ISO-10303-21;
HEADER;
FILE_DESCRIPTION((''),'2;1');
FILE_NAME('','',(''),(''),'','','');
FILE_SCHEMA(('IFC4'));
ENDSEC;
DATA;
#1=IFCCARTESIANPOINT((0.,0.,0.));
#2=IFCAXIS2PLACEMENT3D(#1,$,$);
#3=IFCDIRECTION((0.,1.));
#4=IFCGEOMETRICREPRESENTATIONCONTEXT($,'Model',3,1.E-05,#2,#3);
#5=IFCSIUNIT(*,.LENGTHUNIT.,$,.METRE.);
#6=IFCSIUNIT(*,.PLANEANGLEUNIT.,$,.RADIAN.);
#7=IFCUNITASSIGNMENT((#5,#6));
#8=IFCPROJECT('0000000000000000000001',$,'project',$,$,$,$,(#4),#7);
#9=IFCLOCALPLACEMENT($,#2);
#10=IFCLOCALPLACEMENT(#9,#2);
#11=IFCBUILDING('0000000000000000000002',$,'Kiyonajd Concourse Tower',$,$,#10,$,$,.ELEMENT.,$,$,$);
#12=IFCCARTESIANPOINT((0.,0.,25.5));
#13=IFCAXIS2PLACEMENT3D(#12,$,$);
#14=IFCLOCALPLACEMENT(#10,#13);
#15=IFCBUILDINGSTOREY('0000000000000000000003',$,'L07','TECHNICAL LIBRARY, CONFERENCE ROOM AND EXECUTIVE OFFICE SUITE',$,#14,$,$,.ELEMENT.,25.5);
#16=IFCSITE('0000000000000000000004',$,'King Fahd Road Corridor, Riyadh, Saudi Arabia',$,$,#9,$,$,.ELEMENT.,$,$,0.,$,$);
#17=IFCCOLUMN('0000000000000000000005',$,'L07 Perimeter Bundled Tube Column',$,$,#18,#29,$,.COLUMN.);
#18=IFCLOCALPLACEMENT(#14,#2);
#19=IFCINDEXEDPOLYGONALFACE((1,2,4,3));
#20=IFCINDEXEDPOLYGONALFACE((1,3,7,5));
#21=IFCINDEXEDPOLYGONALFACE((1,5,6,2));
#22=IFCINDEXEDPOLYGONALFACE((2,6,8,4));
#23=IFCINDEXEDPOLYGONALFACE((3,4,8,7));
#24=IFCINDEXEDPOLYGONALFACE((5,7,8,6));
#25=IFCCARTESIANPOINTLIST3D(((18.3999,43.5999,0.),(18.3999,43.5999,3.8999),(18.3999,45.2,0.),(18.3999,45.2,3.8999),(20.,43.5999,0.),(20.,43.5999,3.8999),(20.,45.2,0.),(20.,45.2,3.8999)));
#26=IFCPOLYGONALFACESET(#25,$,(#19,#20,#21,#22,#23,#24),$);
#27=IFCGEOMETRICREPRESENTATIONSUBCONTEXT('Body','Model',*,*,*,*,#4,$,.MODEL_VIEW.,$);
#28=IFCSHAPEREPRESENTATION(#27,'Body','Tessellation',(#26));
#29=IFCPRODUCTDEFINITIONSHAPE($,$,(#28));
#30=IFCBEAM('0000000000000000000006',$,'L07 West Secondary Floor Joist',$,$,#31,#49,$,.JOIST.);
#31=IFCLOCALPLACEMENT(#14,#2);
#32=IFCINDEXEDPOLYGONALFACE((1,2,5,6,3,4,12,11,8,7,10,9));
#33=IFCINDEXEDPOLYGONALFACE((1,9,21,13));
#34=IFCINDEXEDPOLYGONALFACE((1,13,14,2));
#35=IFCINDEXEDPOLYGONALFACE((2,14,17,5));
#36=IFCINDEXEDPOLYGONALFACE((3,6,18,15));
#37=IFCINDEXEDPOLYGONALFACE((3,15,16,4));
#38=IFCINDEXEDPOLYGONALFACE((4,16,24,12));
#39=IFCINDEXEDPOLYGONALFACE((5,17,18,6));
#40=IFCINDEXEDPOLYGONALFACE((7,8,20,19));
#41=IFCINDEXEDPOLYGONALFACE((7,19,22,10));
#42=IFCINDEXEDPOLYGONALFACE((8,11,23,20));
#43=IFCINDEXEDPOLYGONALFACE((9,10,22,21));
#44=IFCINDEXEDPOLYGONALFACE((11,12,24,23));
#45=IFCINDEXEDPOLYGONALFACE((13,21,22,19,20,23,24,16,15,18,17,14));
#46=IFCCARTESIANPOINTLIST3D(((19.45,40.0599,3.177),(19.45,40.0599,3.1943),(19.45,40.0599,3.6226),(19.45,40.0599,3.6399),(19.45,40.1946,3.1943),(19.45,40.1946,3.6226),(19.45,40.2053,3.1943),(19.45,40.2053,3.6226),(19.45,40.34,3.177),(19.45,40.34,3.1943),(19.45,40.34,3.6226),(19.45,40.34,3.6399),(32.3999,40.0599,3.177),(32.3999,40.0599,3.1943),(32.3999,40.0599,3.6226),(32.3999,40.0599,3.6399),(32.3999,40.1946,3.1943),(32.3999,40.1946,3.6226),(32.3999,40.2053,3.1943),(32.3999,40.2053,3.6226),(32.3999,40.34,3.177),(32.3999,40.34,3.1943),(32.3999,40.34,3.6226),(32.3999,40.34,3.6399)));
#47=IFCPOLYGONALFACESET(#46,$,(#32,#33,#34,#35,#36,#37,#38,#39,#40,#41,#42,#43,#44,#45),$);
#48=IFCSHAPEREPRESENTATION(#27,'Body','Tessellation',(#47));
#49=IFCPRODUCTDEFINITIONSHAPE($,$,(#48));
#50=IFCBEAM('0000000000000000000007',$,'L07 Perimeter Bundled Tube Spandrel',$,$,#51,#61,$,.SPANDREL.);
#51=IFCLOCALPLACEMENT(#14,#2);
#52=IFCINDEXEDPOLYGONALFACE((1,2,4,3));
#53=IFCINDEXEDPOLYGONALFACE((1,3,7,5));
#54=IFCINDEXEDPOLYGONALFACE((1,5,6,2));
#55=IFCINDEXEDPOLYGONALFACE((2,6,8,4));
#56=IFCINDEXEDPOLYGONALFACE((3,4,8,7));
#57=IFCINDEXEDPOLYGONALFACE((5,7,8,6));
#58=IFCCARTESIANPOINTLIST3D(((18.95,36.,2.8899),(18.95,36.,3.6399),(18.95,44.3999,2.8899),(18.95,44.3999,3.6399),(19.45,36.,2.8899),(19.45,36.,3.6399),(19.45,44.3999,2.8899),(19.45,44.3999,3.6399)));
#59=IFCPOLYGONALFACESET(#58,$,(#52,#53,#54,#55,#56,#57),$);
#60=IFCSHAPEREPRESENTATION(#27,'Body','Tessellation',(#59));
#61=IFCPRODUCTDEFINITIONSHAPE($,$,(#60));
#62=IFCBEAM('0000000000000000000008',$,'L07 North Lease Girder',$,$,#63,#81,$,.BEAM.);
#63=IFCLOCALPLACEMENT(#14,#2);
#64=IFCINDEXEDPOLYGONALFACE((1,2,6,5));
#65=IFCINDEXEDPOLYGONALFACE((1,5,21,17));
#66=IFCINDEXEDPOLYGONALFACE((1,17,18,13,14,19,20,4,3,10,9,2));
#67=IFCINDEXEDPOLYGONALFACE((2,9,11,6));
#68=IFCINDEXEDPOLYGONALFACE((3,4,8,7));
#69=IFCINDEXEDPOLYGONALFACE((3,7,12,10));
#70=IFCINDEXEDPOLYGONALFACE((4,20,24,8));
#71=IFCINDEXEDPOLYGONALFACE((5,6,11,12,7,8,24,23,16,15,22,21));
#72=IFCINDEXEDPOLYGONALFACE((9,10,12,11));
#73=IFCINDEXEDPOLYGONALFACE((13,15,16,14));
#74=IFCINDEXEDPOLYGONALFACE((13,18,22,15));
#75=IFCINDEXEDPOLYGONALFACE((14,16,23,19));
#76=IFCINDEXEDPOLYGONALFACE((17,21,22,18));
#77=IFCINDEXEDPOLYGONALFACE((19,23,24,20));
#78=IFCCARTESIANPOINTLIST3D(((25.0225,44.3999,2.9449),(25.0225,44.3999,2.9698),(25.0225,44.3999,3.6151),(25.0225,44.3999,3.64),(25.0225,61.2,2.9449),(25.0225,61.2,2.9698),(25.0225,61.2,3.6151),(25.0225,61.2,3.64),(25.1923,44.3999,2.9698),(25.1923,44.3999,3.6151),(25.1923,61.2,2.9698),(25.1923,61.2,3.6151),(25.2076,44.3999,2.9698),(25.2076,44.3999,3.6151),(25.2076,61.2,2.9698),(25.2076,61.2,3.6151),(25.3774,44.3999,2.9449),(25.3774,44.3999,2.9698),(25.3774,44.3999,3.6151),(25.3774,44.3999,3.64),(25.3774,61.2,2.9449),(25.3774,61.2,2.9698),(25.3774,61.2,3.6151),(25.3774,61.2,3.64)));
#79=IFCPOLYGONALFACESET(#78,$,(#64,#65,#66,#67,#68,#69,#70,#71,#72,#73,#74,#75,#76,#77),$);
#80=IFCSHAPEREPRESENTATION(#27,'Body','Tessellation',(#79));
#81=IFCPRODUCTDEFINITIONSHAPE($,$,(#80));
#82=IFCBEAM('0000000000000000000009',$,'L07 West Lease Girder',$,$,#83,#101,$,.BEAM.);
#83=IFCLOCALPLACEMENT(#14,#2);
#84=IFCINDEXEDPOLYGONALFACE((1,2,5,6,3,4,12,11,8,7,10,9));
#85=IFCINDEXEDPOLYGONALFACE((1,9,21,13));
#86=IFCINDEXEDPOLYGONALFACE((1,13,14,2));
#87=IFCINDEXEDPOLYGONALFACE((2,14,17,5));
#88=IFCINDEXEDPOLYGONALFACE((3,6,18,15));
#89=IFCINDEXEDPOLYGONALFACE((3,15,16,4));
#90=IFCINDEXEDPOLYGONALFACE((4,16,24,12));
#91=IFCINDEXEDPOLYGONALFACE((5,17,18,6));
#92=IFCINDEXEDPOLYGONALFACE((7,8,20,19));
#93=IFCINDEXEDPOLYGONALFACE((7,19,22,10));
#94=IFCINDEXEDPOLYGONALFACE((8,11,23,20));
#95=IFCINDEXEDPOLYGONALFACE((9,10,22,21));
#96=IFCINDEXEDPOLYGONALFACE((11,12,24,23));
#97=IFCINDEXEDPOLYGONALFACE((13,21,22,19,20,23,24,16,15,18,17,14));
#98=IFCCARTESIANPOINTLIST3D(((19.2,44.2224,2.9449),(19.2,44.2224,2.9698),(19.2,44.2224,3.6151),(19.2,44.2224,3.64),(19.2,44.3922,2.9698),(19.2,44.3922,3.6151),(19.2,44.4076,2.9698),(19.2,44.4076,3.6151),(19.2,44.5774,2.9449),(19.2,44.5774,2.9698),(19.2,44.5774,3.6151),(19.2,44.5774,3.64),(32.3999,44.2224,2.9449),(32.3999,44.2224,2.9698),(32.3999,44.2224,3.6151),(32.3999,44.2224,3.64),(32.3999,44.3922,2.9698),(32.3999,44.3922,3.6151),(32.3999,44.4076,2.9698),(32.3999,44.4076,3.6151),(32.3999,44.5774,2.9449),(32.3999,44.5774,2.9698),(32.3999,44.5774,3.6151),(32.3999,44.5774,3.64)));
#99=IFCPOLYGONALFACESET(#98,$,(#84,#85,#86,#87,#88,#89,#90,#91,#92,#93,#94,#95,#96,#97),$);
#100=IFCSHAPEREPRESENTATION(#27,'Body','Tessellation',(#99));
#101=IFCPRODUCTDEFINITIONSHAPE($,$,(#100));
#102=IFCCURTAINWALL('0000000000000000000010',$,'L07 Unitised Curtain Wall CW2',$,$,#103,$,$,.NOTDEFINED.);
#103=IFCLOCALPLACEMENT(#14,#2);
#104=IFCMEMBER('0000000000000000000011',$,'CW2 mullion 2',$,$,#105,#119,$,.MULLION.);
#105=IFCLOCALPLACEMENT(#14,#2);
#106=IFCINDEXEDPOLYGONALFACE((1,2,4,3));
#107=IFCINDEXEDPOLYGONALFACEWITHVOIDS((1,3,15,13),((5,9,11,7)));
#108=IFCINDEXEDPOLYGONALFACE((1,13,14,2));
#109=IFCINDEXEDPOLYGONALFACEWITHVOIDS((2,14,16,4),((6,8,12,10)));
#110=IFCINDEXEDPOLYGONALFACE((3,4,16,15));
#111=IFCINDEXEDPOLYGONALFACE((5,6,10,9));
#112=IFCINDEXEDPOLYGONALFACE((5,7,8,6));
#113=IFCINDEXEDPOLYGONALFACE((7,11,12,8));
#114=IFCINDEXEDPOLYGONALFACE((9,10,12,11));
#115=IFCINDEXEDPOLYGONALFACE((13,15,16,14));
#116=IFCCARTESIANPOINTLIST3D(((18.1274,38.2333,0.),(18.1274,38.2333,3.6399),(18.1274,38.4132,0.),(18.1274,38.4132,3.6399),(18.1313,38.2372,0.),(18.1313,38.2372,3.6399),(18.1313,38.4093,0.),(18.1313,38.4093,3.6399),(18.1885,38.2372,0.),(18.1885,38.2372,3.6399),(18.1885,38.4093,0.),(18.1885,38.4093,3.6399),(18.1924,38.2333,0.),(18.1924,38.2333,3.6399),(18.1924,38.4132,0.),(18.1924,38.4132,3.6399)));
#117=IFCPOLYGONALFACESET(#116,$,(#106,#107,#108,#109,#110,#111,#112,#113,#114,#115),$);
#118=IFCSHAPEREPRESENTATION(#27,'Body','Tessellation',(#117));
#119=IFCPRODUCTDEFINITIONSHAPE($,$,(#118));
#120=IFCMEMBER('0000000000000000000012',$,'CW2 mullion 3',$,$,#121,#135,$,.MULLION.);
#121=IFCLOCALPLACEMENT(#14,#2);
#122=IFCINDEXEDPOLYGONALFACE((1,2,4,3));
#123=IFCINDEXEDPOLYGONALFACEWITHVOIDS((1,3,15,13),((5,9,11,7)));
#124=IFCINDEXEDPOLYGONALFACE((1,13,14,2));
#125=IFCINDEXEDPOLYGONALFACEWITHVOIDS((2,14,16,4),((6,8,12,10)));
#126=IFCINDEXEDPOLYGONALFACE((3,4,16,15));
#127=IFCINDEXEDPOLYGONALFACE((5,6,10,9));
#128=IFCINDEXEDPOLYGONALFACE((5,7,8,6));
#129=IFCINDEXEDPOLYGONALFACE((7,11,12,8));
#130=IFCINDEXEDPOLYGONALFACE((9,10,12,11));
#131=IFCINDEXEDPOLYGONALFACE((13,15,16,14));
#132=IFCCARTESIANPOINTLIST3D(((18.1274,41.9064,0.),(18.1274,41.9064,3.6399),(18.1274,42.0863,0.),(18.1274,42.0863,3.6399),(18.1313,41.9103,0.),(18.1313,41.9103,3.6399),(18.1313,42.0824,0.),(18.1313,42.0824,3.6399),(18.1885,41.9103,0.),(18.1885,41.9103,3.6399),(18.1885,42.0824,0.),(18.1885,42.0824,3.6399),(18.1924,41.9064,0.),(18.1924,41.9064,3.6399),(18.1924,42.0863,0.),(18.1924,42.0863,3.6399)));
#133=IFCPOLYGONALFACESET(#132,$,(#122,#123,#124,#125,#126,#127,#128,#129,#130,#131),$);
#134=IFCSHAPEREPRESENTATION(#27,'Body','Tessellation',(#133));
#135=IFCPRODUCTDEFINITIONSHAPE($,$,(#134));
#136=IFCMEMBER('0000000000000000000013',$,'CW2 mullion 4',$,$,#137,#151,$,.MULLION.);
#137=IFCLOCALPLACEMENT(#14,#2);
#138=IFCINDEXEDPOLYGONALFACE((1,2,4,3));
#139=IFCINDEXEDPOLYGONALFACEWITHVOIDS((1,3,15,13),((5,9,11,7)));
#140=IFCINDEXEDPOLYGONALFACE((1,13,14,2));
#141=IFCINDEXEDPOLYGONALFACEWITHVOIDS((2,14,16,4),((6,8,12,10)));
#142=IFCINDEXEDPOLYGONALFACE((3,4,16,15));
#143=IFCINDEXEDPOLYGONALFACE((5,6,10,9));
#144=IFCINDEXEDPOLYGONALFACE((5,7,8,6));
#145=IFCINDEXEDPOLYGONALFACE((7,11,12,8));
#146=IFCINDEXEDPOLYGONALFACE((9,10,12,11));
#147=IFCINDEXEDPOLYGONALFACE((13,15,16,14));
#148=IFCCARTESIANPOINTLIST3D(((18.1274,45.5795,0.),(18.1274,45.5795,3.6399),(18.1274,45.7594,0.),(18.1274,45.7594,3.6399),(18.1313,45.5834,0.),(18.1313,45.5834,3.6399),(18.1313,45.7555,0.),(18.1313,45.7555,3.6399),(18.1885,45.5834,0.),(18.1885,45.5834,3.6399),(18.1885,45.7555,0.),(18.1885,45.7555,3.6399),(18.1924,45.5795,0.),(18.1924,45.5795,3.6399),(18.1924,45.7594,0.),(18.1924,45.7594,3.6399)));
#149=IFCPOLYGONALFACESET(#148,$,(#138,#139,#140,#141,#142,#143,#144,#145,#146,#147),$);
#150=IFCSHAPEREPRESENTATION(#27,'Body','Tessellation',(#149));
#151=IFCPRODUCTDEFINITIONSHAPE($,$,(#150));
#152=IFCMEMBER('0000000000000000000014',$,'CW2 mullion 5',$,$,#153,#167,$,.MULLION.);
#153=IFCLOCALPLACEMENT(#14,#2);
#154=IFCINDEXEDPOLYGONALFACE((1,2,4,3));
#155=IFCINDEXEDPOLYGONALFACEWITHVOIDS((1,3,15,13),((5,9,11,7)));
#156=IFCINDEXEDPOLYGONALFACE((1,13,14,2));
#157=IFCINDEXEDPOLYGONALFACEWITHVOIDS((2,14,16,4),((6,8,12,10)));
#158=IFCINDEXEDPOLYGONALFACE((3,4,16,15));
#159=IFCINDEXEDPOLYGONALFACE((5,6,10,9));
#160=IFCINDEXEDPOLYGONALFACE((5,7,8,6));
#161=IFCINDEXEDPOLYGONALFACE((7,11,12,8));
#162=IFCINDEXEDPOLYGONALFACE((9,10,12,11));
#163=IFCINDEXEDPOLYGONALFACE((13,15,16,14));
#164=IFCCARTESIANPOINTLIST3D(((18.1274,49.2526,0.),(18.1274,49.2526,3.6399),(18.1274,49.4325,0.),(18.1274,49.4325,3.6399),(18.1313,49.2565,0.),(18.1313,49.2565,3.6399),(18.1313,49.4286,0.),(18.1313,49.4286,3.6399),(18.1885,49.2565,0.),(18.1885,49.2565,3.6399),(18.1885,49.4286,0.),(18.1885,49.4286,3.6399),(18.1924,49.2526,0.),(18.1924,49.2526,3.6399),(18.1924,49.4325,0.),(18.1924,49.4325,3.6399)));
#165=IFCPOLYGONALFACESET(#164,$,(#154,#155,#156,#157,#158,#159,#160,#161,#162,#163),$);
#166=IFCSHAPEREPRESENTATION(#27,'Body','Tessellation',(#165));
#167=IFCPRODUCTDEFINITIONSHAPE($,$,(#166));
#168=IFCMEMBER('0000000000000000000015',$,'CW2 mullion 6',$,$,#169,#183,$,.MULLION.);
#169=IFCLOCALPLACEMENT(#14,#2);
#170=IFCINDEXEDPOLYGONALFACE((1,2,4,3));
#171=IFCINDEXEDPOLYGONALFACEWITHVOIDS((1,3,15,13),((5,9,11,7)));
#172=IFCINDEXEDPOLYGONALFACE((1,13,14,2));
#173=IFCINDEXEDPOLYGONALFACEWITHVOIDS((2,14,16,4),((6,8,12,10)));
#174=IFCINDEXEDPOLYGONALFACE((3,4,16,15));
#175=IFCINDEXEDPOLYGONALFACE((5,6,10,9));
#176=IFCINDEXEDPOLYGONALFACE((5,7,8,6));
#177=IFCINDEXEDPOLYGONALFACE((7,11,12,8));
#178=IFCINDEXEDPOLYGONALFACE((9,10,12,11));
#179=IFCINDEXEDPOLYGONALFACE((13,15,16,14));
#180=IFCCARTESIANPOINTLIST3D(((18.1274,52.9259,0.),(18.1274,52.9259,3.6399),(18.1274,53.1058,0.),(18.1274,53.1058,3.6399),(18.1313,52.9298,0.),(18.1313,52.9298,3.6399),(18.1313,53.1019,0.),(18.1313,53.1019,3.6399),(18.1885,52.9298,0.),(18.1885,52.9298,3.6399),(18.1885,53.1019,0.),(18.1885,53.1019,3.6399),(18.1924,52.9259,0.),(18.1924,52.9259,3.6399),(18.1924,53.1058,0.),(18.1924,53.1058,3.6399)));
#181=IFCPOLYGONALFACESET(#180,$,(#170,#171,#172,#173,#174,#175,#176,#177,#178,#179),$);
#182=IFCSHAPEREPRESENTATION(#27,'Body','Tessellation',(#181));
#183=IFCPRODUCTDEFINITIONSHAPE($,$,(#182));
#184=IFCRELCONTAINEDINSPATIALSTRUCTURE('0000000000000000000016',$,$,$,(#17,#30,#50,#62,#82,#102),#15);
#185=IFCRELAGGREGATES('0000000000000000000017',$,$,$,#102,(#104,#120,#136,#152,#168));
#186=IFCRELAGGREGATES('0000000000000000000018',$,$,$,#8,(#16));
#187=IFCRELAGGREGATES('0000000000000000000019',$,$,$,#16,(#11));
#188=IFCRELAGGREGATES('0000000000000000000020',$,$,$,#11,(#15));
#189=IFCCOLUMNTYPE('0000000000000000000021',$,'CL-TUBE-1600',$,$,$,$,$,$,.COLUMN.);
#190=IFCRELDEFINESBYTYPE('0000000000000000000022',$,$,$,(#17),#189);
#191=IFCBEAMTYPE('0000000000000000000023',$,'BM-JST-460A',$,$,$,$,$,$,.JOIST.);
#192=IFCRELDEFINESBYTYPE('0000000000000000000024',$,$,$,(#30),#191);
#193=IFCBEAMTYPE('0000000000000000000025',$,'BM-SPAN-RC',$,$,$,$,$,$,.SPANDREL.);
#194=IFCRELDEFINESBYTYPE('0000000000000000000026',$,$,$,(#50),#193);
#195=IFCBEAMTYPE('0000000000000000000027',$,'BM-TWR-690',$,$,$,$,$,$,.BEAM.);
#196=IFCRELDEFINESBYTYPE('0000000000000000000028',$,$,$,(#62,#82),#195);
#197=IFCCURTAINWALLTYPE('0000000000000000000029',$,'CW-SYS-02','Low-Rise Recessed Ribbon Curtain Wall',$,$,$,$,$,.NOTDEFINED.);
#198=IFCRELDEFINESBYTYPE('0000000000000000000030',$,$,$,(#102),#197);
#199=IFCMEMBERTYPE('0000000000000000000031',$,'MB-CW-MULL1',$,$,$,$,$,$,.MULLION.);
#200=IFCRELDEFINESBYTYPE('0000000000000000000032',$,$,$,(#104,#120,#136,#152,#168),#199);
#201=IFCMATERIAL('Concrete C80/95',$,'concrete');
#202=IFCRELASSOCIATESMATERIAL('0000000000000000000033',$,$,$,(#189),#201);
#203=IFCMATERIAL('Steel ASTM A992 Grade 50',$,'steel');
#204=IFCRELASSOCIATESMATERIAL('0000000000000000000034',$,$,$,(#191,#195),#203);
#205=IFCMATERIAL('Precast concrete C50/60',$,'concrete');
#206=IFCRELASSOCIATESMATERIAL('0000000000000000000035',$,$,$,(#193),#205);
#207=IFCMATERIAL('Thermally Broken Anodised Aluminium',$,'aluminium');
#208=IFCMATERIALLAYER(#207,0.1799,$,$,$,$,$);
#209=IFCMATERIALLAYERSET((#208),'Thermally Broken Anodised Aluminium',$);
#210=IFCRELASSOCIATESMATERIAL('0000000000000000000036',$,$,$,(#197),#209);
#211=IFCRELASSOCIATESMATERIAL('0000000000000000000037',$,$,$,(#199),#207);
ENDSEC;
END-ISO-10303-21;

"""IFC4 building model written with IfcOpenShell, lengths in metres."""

from ifc_helpers import new_model, si_unit, direction, frame, origin, origin_2d, place, context, subcontext, project, spatial, rectangle, hollow_rectangle, i_section, extrude, material, layer, layer_set, material_profile, profile_set, type_object, element, aggregate, save


model = new_model("IFC4")

# Units and contexts
model_context = context("Model", 3, precision=1e-05, world=origin(), true_north=direction((0.0, 1.0)))
body_context = subcontext(model_context, "Body", "Model", "MODEL_VIEW")
ifc_project = project(units=[si_unit("LENGTHUNIT", "METRE"), si_unit("PLANEANGLEUNIT", "RADIAN")], contexts=[model_context])

# Site, building, storey
site_placement = place(None, origin())
site = spatial("IfcSite", under=ifc_project, at=site_placement, Name="King Fahd Road Corridor, Riyadh, Saudi Arabia", CompositionType="ELEMENT", RefElevation=0.0)
building_placement = place(site_placement, origin())
building = spatial("IfcBuilding", under=site, at=building_placement, Name="Kiyonajd Concourse Tower", CompositionType="ELEMENT")
storey_placement = place(building_placement, frame((0.0, 0.0, 25.5)))
storey = spatial("IfcBuildingStorey", under=building, at=storey_placement, Name="L07", Description="TECHNICAL LIBRARY, CONFERENCE ROOM AND EXECUTIVE OFFICE SUITE", CompositionType="ELEMENT", Elevation=25.5)

# Column
ifc_material_1 = material(Name="Concrete C80/95", Category="concrete")
ifc_material_profile_1 = material_profile(ifc_material_1, rectangle(XDim=1.6001, YDim=1.6001, at=origin_2d()), Name="RC-1600x1600")
ifc_profile_set_1 = profile_set([ifc_material_profile_1], Name="Concrete C80/95")
column_type = type_object("IfcColumnType", Name="CL-TUBE-1600", PredefinedType="COLUMN", material=ifc_profile_set_1)
column_placement = place(storey_placement, frame((19.2, 44.3999, 0.0), z_axis=(0.0, 0.0, 1.0), x_axis=(1.0, 0.0, 0.0)))
element("IfcColumn", 1, at=column_placement, inside=storey, type_object=column_type, Name="L07 Perimeter Bundled Tube Column", PredefinedType="COLUMN", context=body_context, shape_type="SweptSolid", body=[
    extrude(rectangle(XDim=1.6001, YDim=1.6001, at=origin_2d()), origin(), (0.0, 0.0, 1.0), 3.8999),
])

# Beams
ifc_material_2 = material(Name="Steel ASTM A992 Grade 50", Category="steel")
ifc_material_profile_2 = material_profile(ifc_material_2, i_section(OverallWidth=0.28, OverallDepth=0.4629, WebThickness=0.0107, FlangeThickness=0.0173, at=origin_2d()), Name="W460X113")
ifc_profile_set_2 = profile_set([ifc_material_profile_2], Name="Steel ASTM A992 Grade 50")
beam_type_1 = type_object("IfcBeamType", Name="BM-JST-460A", PredefinedType="JOIST", material=ifc_profile_set_2)
beam_1_placement = place(storey_placement, frame((19.45, 40.2, 3.4084), z_axis=(1.0, 0.0, 0.0), x_axis=(0.0, 1.0, 0.0)))
element("IfcBeam", 2, at=beam_1_placement, inside=storey, type_object=beam_type_1, Name="L07 West Secondary Floor Joist", PredefinedType="JOIST", context=body_context, shape_type="SweptSolid", body=[
    extrude(i_section(OverallWidth=0.28, OverallDepth=0.4629, WebThickness=0.0107, FlangeThickness=0.0173, at=origin_2d()), origin(), (0.0, 0.0, 1.0), 12.95),
])
ifc_material_3 = material(Name="Precast concrete C50/60", Category="concrete")
ifc_material_profile_3 = material_profile(ifc_material_3, rectangle(XDim=0.5, YDim=0.75, at=origin_2d()), Name="RCBM-500x750")
ifc_profile_set_3 = profile_set([ifc_material_profile_3], Name="Precast concrete C50/60")
beam_type_2 = type_object("IfcBeamType", Name="BM-SPAN-RC", PredefinedType="SPANDREL", material=ifc_profile_set_3)
beam_2_placement = place(storey_placement, frame((19.2, 44.3999, 3.2649), z_axis=(0.0, -1.0, 0.0), x_axis=(1.0, 0.0, 0.0)))
element("IfcBeam", 3, at=beam_2_placement, inside=storey, type_object=beam_type_2, Name="L07 Perimeter Bundled Tube Spandrel", PredefinedType="SPANDREL", context=body_context, shape_type="SweptSolid", body=[
    extrude(rectangle(XDim=0.5, YDim=0.75, at=origin_2d()), origin(), (0.0, 0.0, 1.0), 8.3999),
])
ifc_material_profile_4 = material_profile(ifc_material_2, i_section(OverallWidth=0.355, OverallDepth=0.6951, WebThickness=0.0154, FlangeThickness=0.0249, at=origin_2d()), Name="W690X217")
ifc_profile_set_4 = profile_set([ifc_material_profile_4], Name="Steel ASTM A992 Grade 50")
beam_type_3 = type_object("IfcBeamType", Name="BM-TWR-690", PredefinedType="BEAM", material=ifc_profile_set_4)
beam_3_placement = place(storey_placement, frame((25.2, 44.3999, 3.2925), z_axis=(0.0, 1.0, 0.0), x_axis=(-1.0, 0.0, 0.0)))
element("IfcBeam", 4, at=beam_3_placement, inside=storey, type_object=beam_type_3, Name="L07 North Lease Girder", PredefinedType="BEAM", context=body_context, shape_type="SweptSolid", body=[
    extrude(i_section(OverallWidth=0.355, OverallDepth=0.6951, WebThickness=0.0154, FlangeThickness=0.0249, at=origin_2d()), origin(), (0.0, 0.0, 1.0), 16.8),
])
beam_4_placement = place(storey_placement, frame((19.2, 44.3999, 3.2925), z_axis=(1.0, 0.0, 0.0), x_axis=(0.0, 1.0, 0.0)))
element("IfcBeam", 5, at=beam_4_placement, inside=storey, type_object=beam_type_3, Name="L07 West Lease Girder", PredefinedType="BEAM", context=body_context, shape_type="SweptSolid", body=[
    extrude(i_section(OverallWidth=0.355, OverallDepth=0.6951, WebThickness=0.0154, FlangeThickness=0.0249, at=origin_2d()), origin(), (0.0, 0.0, 1.0), 13.2),
])

# Curtain wall, members
ifc_material_4 = material(Name="Thermally Broken Anodised Aluminium", Category="aluminium")
ifc_layer_1 = layer(ifc_material_4, 0.1799)
ifc_layer_set_1 = layer_set([ifc_layer_1], Name="Thermally Broken Anodised Aluminium")
curtain_wall_type = type_object("IfcCurtainWallType", Name="CW-SYS-02", Description="Low-Rise Recessed Ribbon Curtain Wall", PredefinedType="NOTDEFINED", material=ifc_layer_set_1)
curtain_wall_placement = place(storey_placement, origin())
curtain_wall = element("IfcCurtainWall", 6, at=curtain_wall_placement, inside=storey, type_object=curtain_wall_type, Name="L07 Unitised Curtain Wall CW2", PredefinedType="NOTDEFINED")
ifc_material_profile_5 = material_profile(ifc_material_4, hollow_rectangle(XDim=0.0649, YDim=0.1799, WallThickness=0.0039, at=origin_2d()), Name="MULL-65x180")
ifc_profile_set_5 = profile_set([ifc_material_profile_5], Name="Thermally Broken Anodised Aluminium")
member_type_1 = type_object("IfcMemberType", Name="MB-CW-MULL1", PredefinedType="MULLION", material=ifc_profile_set_5)
member_1_placement = place(storey_placement, frame((18.1599, 38.3232, 0.0), z_axis=(0.0, 0.0, 1.0), x_axis=(-1.0, 0.0, 0.0)))
member_1 = element("IfcMember", 7, at=member_1_placement, type_object=member_type_1, Name="CW2 mullion 2", PredefinedType="MULLION", context=body_context, shape_type="SweptSolid", body=[
    extrude(hollow_rectangle(XDim=0.0649, YDim=0.1799, WallThickness=0.0039, at=origin_2d()), origin(), (0.0, 0.0, 1.0), 3.6399),
])
member_2_placement = place(storey_placement, frame((18.1599, 41.9963, 0.0), z_axis=(0.0, 0.0, 1.0), x_axis=(-1.0, 0.0, 0.0)))
member_2 = element("IfcMember", 8, at=member_2_placement, type_object=member_type_1, Name="CW2 mullion 3", PredefinedType="MULLION", context=body_context, shape_type="SweptSolid", body=[
    extrude(hollow_rectangle(XDim=0.0649, YDim=0.1799, WallThickness=0.0039, at=origin_2d()), origin(), (0.0, 0.0, 1.0), 3.6399),
])
member_3_placement = place(storey_placement, frame((18.1599, 45.6694, 0.0), z_axis=(0.0, 0.0, 1.0), x_axis=(-1.0, 0.0, 0.0)))
member_3 = element("IfcMember", 9, at=member_3_placement, type_object=member_type_1, Name="CW2 mullion 4", PredefinedType="MULLION", context=body_context, shape_type="SweptSolid", body=[
    extrude(hollow_rectangle(XDim=0.0649, YDim=0.1799, WallThickness=0.0039, at=origin_2d()), origin(), (0.0, 0.0, 1.0), 3.6399),
])
member_4_placement = place(storey_placement, frame((18.1599, 49.3425, 0.0), z_axis=(0.0, 0.0, 1.0), x_axis=(-1.0, 0.0, 0.0)))
member_4 = element("IfcMember", 10, at=member_4_placement, type_object=member_type_1, Name="CW2 mullion 5", PredefinedType="MULLION", context=body_context, shape_type="SweptSolid", body=[
    extrude(hollow_rectangle(XDim=0.0649, YDim=0.1799, WallThickness=0.0039, at=origin_2d()), origin(), (0.0, 0.0, 1.0), 3.6399),
])
member_5_placement = place(storey_placement, frame((18.1599, 53.0159, 0.0), z_axis=(0.0, 0.0, 1.0), x_axis=(-1.0, 0.0, 0.0)))
member_5 = element("IfcMember", 11, at=member_5_placement, type_object=member_type_1, Name="CW2 mullion 6", PredefinedType="MULLION", context=body_context, shape_type="SweptSolid", body=[
    extrude(hollow_rectangle(XDim=0.0649, YDim=0.1799, WallThickness=0.0039, at=origin_2d()), origin(), (0.0, 0.0, 1.0), 3.6399),
])
aggregate(curtain_wall, [member_1, member_2, member_3, member_4, member_5])

save(model, "model.ifc")
